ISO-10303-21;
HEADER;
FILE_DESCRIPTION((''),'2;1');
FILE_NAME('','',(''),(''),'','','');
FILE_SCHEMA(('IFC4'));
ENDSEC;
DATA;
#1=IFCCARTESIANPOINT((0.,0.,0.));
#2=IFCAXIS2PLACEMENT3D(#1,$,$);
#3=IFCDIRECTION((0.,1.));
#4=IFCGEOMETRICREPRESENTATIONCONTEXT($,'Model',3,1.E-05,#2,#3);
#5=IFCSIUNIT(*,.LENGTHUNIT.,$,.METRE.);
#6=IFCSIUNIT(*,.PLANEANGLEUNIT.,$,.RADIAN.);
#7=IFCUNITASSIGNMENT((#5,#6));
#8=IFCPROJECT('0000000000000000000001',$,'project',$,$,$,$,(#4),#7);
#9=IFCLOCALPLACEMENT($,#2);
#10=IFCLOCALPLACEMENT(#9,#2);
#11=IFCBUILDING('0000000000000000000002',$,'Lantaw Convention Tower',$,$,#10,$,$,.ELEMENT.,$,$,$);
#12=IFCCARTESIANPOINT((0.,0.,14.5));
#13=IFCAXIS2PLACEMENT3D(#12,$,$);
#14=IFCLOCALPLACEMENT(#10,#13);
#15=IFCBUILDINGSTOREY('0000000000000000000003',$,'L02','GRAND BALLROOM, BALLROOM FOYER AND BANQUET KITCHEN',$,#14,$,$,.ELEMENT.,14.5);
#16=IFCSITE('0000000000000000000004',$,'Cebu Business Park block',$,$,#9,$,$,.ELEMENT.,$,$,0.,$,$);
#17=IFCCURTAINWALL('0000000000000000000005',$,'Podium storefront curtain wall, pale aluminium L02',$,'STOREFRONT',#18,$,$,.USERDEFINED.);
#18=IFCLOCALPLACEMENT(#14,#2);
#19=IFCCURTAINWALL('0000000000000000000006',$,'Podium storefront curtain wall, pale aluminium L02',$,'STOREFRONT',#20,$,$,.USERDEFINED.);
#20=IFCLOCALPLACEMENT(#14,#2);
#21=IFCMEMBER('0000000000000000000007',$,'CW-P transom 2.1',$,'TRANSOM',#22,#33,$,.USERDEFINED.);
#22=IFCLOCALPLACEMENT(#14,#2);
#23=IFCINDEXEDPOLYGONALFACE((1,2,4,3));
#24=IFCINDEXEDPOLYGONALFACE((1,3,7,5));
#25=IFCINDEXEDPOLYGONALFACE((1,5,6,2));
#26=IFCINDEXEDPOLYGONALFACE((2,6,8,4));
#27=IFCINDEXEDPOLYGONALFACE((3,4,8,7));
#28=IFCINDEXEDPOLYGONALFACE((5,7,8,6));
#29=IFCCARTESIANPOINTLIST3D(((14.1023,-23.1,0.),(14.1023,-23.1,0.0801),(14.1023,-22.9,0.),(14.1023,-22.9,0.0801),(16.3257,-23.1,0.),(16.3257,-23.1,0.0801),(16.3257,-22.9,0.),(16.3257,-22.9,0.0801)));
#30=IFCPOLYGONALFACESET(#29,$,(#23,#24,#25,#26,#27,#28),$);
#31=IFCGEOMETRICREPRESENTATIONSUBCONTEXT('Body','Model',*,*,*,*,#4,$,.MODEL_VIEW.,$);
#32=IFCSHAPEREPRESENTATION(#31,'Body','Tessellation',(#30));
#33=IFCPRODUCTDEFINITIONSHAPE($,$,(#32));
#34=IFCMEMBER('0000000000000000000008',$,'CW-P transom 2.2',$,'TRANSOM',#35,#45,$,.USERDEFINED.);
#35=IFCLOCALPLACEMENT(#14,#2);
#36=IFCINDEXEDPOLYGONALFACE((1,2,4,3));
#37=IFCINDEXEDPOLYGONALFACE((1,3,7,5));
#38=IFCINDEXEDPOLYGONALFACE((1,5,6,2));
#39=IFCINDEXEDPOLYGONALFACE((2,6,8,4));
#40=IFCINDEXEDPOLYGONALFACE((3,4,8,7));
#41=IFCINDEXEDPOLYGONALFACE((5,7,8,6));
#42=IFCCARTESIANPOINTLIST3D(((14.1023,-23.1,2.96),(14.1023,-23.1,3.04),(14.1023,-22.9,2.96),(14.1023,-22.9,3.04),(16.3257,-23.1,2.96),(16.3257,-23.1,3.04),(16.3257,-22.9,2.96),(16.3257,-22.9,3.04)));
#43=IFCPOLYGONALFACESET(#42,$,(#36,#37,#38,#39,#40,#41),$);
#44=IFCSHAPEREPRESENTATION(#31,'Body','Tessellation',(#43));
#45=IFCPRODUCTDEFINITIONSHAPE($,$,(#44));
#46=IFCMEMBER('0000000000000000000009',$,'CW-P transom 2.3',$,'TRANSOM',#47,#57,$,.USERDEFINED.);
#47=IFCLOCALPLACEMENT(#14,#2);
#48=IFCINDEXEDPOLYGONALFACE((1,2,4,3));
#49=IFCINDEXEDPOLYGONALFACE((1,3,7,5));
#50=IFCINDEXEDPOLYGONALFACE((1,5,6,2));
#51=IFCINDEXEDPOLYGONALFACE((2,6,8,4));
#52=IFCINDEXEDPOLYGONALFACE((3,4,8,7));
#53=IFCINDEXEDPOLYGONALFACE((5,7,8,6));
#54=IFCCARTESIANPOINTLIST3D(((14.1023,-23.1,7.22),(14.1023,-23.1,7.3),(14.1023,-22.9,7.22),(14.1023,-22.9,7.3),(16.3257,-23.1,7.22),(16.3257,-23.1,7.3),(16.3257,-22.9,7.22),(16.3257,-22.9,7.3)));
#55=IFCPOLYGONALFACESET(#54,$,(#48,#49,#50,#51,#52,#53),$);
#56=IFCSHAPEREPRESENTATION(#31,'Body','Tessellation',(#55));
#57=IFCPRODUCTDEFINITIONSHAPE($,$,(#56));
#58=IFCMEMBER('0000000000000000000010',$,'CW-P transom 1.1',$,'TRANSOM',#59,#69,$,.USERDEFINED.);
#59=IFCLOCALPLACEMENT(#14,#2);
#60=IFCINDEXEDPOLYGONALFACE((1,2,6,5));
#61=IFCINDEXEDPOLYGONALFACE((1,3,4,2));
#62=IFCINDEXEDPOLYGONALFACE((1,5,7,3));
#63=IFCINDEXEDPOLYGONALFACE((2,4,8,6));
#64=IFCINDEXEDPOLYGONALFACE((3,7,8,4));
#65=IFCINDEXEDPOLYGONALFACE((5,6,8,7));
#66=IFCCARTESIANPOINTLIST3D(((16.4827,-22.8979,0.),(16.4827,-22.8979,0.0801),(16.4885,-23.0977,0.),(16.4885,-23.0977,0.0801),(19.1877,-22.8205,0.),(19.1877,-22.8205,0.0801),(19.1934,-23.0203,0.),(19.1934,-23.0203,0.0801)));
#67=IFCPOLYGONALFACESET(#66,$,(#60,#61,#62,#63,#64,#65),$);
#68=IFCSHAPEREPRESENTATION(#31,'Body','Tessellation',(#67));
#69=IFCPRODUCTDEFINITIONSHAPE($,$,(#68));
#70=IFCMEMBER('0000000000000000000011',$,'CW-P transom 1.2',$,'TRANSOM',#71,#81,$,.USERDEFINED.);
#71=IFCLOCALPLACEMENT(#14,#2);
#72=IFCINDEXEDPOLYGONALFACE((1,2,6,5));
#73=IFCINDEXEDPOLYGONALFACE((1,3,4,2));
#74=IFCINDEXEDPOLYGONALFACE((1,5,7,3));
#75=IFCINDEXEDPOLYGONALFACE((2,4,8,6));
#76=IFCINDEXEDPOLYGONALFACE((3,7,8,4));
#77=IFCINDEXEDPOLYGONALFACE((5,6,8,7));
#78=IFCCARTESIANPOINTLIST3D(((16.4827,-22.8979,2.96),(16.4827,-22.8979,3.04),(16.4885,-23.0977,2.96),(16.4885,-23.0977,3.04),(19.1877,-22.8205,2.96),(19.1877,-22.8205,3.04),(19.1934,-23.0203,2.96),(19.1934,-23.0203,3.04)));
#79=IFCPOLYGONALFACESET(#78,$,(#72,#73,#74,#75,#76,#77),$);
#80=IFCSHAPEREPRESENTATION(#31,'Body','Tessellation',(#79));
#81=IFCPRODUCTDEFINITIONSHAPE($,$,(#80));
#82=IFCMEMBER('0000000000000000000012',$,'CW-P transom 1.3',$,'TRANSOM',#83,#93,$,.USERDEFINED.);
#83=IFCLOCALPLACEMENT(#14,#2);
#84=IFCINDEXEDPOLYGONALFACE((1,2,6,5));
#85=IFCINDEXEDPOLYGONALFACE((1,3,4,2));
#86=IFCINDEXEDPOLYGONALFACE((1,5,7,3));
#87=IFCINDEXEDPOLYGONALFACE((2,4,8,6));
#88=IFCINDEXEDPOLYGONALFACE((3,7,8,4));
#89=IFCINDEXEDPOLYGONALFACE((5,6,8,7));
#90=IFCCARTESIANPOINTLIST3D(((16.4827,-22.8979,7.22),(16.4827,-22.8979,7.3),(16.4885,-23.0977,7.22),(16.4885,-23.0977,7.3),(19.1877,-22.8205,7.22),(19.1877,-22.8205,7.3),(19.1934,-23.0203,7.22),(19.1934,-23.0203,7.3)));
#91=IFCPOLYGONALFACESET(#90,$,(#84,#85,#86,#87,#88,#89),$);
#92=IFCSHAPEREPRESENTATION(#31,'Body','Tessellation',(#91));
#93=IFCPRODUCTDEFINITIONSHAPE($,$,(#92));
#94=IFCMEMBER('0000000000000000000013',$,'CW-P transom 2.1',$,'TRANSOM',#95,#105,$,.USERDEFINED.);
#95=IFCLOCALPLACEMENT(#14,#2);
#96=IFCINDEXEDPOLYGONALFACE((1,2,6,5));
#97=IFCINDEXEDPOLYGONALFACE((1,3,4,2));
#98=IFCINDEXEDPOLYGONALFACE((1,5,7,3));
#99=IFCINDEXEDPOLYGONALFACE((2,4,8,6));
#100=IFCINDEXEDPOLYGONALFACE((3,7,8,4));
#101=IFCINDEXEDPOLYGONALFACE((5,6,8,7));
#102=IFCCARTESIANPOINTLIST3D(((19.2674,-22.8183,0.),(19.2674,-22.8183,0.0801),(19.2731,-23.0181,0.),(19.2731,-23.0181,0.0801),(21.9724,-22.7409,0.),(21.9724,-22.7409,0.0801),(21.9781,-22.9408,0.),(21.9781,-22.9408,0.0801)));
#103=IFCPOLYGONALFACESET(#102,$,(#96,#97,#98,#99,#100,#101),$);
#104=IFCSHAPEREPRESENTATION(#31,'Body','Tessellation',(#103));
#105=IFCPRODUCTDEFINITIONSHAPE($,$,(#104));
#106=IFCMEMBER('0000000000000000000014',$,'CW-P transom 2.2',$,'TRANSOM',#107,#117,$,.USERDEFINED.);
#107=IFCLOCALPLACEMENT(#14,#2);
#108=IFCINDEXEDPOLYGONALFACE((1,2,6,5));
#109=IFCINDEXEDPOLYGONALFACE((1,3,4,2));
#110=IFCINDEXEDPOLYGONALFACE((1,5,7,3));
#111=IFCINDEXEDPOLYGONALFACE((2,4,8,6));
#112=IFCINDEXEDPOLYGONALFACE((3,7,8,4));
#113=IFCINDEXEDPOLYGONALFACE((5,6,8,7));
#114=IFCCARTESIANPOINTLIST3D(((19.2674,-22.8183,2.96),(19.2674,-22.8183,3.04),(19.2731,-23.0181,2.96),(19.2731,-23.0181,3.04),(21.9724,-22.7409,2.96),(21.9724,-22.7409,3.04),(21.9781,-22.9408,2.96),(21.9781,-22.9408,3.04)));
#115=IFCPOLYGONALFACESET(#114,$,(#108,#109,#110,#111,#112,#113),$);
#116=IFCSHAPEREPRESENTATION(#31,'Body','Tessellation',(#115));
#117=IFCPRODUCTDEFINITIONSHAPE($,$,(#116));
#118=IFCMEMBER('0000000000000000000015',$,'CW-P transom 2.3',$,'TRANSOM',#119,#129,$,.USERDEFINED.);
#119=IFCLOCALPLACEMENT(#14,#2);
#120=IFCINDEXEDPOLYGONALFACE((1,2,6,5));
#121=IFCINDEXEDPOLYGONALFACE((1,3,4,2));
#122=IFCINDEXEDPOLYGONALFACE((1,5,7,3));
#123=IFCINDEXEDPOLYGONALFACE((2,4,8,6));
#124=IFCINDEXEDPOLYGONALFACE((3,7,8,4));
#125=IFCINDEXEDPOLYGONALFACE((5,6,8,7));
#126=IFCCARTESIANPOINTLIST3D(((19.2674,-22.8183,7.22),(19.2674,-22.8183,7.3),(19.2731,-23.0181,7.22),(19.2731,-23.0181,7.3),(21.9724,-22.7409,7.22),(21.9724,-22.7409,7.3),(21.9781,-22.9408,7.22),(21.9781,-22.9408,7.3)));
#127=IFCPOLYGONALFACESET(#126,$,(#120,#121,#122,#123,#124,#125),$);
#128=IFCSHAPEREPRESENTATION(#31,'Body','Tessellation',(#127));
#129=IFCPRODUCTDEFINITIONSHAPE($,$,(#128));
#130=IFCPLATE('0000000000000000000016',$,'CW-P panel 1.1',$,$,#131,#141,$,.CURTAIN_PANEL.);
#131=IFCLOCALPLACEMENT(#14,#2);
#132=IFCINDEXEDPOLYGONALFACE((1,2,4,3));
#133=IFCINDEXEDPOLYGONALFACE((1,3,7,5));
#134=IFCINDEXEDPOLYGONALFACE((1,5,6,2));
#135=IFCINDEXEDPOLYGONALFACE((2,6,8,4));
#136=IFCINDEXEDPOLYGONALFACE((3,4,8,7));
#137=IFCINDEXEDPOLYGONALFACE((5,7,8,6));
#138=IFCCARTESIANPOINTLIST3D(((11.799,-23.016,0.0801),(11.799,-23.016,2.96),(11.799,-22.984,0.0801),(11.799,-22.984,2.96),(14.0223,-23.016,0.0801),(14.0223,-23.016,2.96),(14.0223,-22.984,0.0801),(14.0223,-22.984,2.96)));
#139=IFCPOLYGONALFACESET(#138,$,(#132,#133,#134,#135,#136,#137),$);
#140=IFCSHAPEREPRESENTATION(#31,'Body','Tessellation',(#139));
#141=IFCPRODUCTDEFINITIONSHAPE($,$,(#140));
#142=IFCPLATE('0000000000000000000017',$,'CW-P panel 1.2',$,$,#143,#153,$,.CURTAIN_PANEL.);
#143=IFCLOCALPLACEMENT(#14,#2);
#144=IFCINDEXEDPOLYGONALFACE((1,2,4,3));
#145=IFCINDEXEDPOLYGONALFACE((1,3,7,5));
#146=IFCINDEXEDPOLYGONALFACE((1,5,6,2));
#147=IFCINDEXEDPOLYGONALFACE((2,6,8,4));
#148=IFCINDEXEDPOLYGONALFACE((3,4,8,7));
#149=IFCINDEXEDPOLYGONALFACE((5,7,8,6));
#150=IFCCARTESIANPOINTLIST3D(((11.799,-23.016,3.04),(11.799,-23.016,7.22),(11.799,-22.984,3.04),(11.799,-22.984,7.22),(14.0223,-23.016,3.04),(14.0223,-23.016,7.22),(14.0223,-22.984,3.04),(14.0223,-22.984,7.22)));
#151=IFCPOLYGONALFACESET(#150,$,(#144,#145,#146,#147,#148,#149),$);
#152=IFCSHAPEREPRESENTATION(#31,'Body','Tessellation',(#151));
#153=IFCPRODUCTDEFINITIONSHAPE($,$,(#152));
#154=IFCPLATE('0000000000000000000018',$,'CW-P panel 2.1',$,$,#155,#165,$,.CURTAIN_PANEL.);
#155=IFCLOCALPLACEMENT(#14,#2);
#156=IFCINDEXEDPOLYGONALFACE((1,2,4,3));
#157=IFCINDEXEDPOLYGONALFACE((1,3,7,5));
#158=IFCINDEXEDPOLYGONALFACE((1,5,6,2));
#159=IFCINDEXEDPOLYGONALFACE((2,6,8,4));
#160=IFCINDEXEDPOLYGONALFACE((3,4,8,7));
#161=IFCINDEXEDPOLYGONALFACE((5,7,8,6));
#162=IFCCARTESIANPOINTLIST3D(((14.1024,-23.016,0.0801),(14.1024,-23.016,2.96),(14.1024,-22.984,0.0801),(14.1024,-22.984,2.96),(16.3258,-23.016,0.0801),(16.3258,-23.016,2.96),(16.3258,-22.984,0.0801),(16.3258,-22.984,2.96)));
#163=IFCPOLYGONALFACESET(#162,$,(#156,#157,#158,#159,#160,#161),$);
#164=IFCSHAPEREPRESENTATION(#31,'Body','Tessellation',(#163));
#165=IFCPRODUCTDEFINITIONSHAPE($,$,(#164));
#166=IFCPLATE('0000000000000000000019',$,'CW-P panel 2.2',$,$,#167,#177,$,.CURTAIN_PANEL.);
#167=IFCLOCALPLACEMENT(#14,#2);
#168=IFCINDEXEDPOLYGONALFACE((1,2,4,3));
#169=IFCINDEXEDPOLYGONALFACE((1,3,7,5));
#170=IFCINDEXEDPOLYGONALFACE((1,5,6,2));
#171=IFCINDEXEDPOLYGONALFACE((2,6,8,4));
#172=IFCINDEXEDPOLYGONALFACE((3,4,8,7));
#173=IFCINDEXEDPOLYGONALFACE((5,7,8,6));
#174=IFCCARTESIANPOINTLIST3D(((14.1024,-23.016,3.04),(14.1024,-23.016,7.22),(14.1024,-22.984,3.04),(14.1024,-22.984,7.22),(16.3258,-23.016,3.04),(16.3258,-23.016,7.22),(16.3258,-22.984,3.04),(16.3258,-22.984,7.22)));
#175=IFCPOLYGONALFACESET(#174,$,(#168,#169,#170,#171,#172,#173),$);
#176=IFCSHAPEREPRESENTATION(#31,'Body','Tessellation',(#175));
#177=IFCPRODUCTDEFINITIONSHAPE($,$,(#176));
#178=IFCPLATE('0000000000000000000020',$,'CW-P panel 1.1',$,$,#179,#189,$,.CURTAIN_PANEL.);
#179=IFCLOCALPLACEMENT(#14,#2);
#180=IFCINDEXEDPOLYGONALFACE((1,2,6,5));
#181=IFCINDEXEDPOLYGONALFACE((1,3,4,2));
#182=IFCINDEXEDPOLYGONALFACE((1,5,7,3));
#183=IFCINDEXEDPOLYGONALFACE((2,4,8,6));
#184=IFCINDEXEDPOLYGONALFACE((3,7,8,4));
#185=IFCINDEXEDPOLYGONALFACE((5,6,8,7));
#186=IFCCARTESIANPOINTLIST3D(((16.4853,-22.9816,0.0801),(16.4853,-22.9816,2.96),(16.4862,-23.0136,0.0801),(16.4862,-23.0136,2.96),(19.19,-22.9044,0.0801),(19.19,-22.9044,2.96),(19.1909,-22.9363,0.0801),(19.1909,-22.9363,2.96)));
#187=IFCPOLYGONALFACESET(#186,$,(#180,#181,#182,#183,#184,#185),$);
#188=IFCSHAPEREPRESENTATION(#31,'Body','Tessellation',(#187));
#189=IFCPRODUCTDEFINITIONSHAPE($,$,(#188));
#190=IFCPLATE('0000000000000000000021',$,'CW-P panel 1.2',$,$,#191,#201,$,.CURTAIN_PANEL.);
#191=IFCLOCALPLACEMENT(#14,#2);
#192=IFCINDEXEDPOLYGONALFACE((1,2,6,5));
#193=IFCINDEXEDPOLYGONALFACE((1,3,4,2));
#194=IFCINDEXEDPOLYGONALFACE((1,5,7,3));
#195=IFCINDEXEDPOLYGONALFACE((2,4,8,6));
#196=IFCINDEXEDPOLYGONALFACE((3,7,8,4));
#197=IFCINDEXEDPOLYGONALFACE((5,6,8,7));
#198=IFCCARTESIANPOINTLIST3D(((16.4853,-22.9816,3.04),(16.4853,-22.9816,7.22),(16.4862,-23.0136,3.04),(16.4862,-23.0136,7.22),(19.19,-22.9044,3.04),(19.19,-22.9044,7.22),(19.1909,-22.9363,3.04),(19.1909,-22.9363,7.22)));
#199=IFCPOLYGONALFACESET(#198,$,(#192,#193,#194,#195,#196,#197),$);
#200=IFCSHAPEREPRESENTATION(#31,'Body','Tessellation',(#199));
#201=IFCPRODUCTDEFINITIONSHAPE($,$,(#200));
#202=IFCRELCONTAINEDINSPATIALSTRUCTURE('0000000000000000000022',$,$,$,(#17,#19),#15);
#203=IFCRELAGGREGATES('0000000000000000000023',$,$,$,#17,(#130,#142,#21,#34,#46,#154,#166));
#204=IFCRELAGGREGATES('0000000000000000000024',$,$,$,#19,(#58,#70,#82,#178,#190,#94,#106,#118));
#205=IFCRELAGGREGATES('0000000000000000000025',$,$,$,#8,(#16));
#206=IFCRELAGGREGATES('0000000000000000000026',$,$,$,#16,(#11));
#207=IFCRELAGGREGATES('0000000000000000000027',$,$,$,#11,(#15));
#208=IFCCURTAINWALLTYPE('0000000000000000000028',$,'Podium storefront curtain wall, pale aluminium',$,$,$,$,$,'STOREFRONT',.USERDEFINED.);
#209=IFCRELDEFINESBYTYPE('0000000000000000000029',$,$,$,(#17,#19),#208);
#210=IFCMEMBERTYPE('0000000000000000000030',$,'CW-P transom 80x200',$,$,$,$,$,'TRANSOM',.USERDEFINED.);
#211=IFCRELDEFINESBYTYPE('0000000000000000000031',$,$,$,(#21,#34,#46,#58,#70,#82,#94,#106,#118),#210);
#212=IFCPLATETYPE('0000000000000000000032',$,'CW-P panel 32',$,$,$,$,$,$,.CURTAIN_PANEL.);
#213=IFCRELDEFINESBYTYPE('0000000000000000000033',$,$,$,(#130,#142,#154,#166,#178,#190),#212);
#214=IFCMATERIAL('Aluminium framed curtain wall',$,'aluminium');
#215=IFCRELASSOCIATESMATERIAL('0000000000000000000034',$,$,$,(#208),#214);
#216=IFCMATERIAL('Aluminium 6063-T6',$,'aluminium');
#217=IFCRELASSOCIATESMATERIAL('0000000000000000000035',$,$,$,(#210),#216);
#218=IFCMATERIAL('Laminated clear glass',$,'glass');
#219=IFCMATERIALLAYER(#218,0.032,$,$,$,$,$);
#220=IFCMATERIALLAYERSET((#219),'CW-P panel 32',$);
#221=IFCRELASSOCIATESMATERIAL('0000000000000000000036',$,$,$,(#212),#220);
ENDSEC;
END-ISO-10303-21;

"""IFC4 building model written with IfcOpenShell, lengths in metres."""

from ifc_helpers import new_model, si_unit, direction, frame, origin, origin_2d, place, context, subcontext, project, spatial, rectangle, extrude, material, layer, layer_set, material_profile, profile_set, type_object, element, aggregate, save


model = new_model("IFC4")

# Units and contexts
model_context = context("Model", 3, precision=1e-05, world=origin(), true_north=direction((0.0, 1.0)))
body_context = subcontext(model_context, "Body", "Model", "MODEL_VIEW")
ifc_project = project(units=[si_unit("LENGTHUNIT", "METRE"), si_unit("PLANEANGLEUNIT", "RADIAN")], contexts=[model_context])

# Site, building, storey
site_placement = place(None, origin())
site = spatial("IfcSite", under=ifc_project, at=site_placement, Name="Cebu Business Park block", CompositionType="ELEMENT", RefElevation=0.0)
building_placement = place(site_placement, origin())
building = spatial("IfcBuilding", under=site, at=building_placement, Name="Lantaw Convention Tower", CompositionType="ELEMENT")
storey_placement = place(building_placement, frame((0.0, 0.0, 14.5)))
storey = spatial("IfcBuildingStorey", under=building, at=storey_placement, Name="L02", Description="GRAND BALLROOM, BALLROOM FOYER AND BANQUET KITCHEN", CompositionType="ELEMENT", Elevation=14.5)

# Curtain walls
ifc_material_1 = material(Name="Aluminium framed curtain wall", Category="aluminium")
curtain_wall_type = type_object("IfcCurtainWallType", Name="Podium storefront curtain wall, pale aluminium", ElementType="STOREFRONT", PredefinedType="USERDEFINED", material=ifc_material_1)
curtain_wall_1_placement = place(storey_placement, origin())
curtain_wall_1 = element("IfcCurtainWall", 1, at=curtain_wall_1_placement, inside=storey, type_object=curtain_wall_type, Name="Podium storefront curtain wall, pale aluminium L02", ObjectType="STOREFRONT", PredefinedType="USERDEFINED")
ifc_material_2 = material(Name="Aluminium 6063-T6", Category="aluminium")
curtain_wall_2_placement = place(storey_placement, origin())
curtain_wall_2 = element("IfcCurtainWall", 2, at=curtain_wall_2_placement, inside=storey, type_object=curtain_wall_type, Name="Podium storefront curtain wall, pale aluminium L02", ObjectType="STOREFRONT", PredefinedType="USERDEFINED")

# Members
ifc_material_profile_1 = material_profile(ifc_material_2, rectangle(XDim=0.2, YDim=0.0801, at=origin_2d()), Name="CW-P transom 80x200")
ifc_profile_set_1 = profile_set([ifc_material_profile_1], Name="Aluminium 6063-T6")
member_type_1 = type_object("IfcMemberType", Name="CW-P transom 80x200", ElementType="TRANSOM", PredefinedType="USERDEFINED", material=ifc_profile_set_1)
member_1_placement = place(storey_placement, frame((14.1023, -23.0, 0.04), z_axis=(1.0, 0.0, 0.0), x_axis=(0.0, 1.0, 0.0)))
member_1 = element("IfcMember", 3, at=member_1_placement, type_object=member_type_1, Name="CW-P transom 2.1", ObjectType="TRANSOM", PredefinedType="USERDEFINED", context=body_context, shape_type="SweptSolid", body=[
    extrude(rectangle(XDim=0.2, YDim=0.0801, at=origin_2d()), origin(), (0.0, 0.0, 1.0), 2.2234),
])
member_2_placement = place(storey_placement, frame((14.1023, -23.0, 3.0), z_axis=(1.0, 0.0, 0.0), x_axis=(0.0, 1.0, 0.0)))
member_2 = element("IfcMember", 4, at=member_2_placement, type_object=member_type_1, Name="CW-P transom 2.2", ObjectType="TRANSOM", PredefinedType="USERDEFINED", context=body_context, shape_type="SweptSolid", body=[
    extrude(rectangle(XDim=0.2, YDim=0.0801, at=origin_2d()), origin(), (0.0, 0.0, 1.0), 2.2234),
])
member_3_placement = place(storey_placement, frame((14.1023, -23.0, 7.26), z_axis=(1.0, 0.0, 0.0), x_axis=(0.0, 1.0, 0.0)))
member_3 = element("IfcMember", 5, at=member_3_placement, type_object=member_type_1, Name="CW-P transom 2.3", ObjectType="TRANSOM", PredefinedType="USERDEFINED", context=body_context, shape_type="SweptSolid", body=[
    extrude(rectangle(XDim=0.2, YDim=0.0801, at=origin_2d()), origin(), (0.0, 0.0, 1.0), 2.2234),
])
member_4_placement = place(storey_placement, frame((16.4856, -22.9978, 0.04), z_axis=(0.999591, 0.028601, 0.0), x_axis=(-0.028601, 0.999591, 0.0)))
member_4 = element("IfcMember", 6, at=member_4_placement, type_object=member_type_1, Name="CW-P transom 1.1", ObjectType="TRANSOM", PredefinedType="USERDEFINED", context=body_context, shape_type="SweptSolid", body=[
    extrude(rectangle(XDim=0.2, YDim=0.0801, at=origin_2d()), origin(), (0.0, 0.0, 1.0), 2.7061),
])
member_5_placement = place(storey_placement, frame((16.4856, -22.9978, 3.0), z_axis=(0.999591, 0.028601, 0.0), x_axis=(-0.028601, 0.999591, 0.0)))
member_5 = element("IfcMember", 7, at=member_5_placement, type_object=member_type_1, Name="CW-P transom 1.2", ObjectType="TRANSOM", PredefinedType="USERDEFINED", context=body_context, shape_type="SweptSolid", body=[
    extrude(rectangle(XDim=0.2, YDim=0.0801, at=origin_2d()), origin(), (0.0, 0.0, 1.0), 2.7061),
])
member_6_placement = place(storey_placement, frame((16.4856, -22.9978, 7.26), z_axis=(0.999591, 0.028601, 0.0), x_axis=(-0.028601, 0.999591, 0.0)))
member_6 = element("IfcMember", 8, at=member_6_placement, type_object=member_type_1, Name="CW-P transom 1.3", ObjectType="TRANSOM", PredefinedType="USERDEFINED", context=body_context, shape_type="SweptSolid", body=[
    extrude(rectangle(XDim=0.2, YDim=0.0801, at=origin_2d()), origin(), (0.0, 0.0, 1.0), 2.7061),
])
member_7_placement = place(storey_placement, frame((19.2703, -22.9182, 0.04), z_axis=(0.999591, 0.028601, 0.0), x_axis=(-0.028601, 0.999591, 0.0)))
member_7 = element("IfcMember", 9, at=member_7_placement, type_object=member_type_1, Name="CW-P transom 2.1", ObjectType="TRANSOM", PredefinedType="USERDEFINED", context=body_context, shape_type="SweptSolid", body=[
    extrude(rectangle(XDim=0.2, YDim=0.0801, at=origin_2d()), origin(), (0.0, 0.0, 1.0), 2.7061),
])
member_8_placement = place(storey_placement, frame((19.2703, -22.9182, 3.0), z_axis=(0.999591, 0.028601, 0.0), x_axis=(-0.028601, 0.999591, 0.0)))
member_8 = element("IfcMember", 10, at=member_8_placement, type_object=member_type_1, Name="CW-P transom 2.2", ObjectType="TRANSOM", PredefinedType="USERDEFINED", context=body_context, shape_type="SweptSolid", body=[
    extrude(rectangle(XDim=0.2, YDim=0.0801, at=origin_2d()), origin(), (0.0, 0.0, 1.0), 2.7061),
])
member_9_placement = place(storey_placement, frame((19.2703, -22.9182, 7.26), z_axis=(0.999591, 0.028601, 0.0), x_axis=(-0.028601, 0.999591, 0.0)))
member_9 = element("IfcMember", 11, at=member_9_placement, type_object=member_type_1, Name="CW-P transom 2.3", ObjectType="TRANSOM", PredefinedType="USERDEFINED", context=body_context, shape_type="SweptSolid", body=[
    extrude(rectangle(XDim=0.2, YDim=0.0801, at=origin_2d()), origin(), (0.0, 0.0, 1.0), 2.7061),
])

# Plates
ifc_material_3 = material(Name="Laminated clear glass", Category="glass")
ifc_layer = layer(ifc_material_3, 0.032)
ifc_layer_set = layer_set([ifc_layer], Name="CW-P panel 32")
plate_type = type_object("IfcPlateType", Name="CW-P panel 32", PredefinedType="CURTAIN_PANEL", material=ifc_layer_set)
plate_1_placement = place(storey_placement, frame((12.9106, -23.0, 0.0801), z_axis=(0.0, 0.0, 1.0), x_axis=(1.0, 0.0, 0.0)))
plate_1 = element("IfcPlate", 12, at=plate_1_placement, type_object=plate_type, Name="CW-P panel 1.1", PredefinedType="CURTAIN_PANEL", context=body_context, shape_type="SweptSolid", body=[
    extrude(rectangle(XDim=2.2234, YDim=0.032, at=origin_2d()), origin(), (0.0, 0.0, 1.0), 2.8799),
])
plate_2_placement = place(storey_placement, frame((12.9106, -23.0, 3.04), z_axis=(0.0, 0.0, 1.0), x_axis=(1.0, 0.0, 0.0)))
plate_2 = element("IfcPlate", 13, at=plate_2_placement, type_object=plate_type, Name="CW-P panel 1.2", PredefinedType="CURTAIN_PANEL", context=body_context, shape_type="SweptSolid", body=[
    extrude(rectangle(XDim=2.2234, YDim=0.032, at=origin_2d()), origin(), (0.0, 0.0, 1.0), 4.1799),
])
plate_3_placement = place(storey_placement, frame((15.2141, -23.0, 0.0801), z_axis=(0.0, 0.0, 1.0), x_axis=(1.0, 0.0, 0.0)))
plate_3 = element("IfcPlate", 14, at=plate_3_placement, type_object=plate_type, Name="CW-P panel 2.1", PredefinedType="CURTAIN_PANEL", context=body_context, shape_type="SweptSolid", body=[
    extrude(rectangle(XDim=2.2234, YDim=0.032, at=origin_2d()), origin(), (0.0, 0.0, 1.0), 2.8799),
])
plate_4_placement = place(storey_placement, frame((15.2141, -23.0, 3.04), z_axis=(0.0, 0.0, 1.0), x_axis=(1.0, 0.0, 0.0)))
plate_4 = element("IfcPlate", 15, at=plate_4_placement, type_object=plate_type, Name="CW-P panel 2.2", PredefinedType="CURTAIN_PANEL", context=body_context, shape_type="SweptSolid", body=[
    extrude(rectangle(XDim=2.2234, YDim=0.032, at=origin_2d()), origin(), (0.0, 0.0, 1.0), 4.1799),
])
aggregate(curtain_wall_1, [plate_1, plate_2, member_1, member_2, member_3, plate_3, plate_4])
plate_5_placement = place(storey_placement, frame((17.8381, -22.959, 0.0801), z_axis=(0.0, 0.0, 1.0), x_axis=(0.999592, 0.028552, 0.0)))
plate_5 = element("IfcPlate", 16, at=plate_5_placement, type_object=plate_type, Name="CW-P panel 1.1", PredefinedType="CURTAIN_PANEL", context=body_context, shape_type="SweptSolid", body=[
    extrude(rectangle(XDim=2.7058, YDim=0.032, at=origin_2d()), origin(), (0.0, 0.0, 1.0), 2.8799),
])
plate_6_placement = place(storey_placement, frame((17.8381, -22.959, 3.04), z_axis=(0.0, 0.0, 1.0), x_axis=(0.999592, 0.028552, 0.0)))
plate_6 = element("IfcPlate", 17, at=plate_6_placement, type_object=plate_type, Name="CW-P panel 1.2", PredefinedType="CURTAIN_PANEL", context=body_context, shape_type="SweptSolid", body=[
    extrude(rectangle(XDim=2.7058, YDim=0.032, at=origin_2d()), origin(), (0.0, 0.0, 1.0), 4.1799),
])
aggregate(curtain_wall_2, [member_4, member_5, member_6, plate_5, plate_6, member_7, member_8, member_9])

save(model, "model.ifc")
